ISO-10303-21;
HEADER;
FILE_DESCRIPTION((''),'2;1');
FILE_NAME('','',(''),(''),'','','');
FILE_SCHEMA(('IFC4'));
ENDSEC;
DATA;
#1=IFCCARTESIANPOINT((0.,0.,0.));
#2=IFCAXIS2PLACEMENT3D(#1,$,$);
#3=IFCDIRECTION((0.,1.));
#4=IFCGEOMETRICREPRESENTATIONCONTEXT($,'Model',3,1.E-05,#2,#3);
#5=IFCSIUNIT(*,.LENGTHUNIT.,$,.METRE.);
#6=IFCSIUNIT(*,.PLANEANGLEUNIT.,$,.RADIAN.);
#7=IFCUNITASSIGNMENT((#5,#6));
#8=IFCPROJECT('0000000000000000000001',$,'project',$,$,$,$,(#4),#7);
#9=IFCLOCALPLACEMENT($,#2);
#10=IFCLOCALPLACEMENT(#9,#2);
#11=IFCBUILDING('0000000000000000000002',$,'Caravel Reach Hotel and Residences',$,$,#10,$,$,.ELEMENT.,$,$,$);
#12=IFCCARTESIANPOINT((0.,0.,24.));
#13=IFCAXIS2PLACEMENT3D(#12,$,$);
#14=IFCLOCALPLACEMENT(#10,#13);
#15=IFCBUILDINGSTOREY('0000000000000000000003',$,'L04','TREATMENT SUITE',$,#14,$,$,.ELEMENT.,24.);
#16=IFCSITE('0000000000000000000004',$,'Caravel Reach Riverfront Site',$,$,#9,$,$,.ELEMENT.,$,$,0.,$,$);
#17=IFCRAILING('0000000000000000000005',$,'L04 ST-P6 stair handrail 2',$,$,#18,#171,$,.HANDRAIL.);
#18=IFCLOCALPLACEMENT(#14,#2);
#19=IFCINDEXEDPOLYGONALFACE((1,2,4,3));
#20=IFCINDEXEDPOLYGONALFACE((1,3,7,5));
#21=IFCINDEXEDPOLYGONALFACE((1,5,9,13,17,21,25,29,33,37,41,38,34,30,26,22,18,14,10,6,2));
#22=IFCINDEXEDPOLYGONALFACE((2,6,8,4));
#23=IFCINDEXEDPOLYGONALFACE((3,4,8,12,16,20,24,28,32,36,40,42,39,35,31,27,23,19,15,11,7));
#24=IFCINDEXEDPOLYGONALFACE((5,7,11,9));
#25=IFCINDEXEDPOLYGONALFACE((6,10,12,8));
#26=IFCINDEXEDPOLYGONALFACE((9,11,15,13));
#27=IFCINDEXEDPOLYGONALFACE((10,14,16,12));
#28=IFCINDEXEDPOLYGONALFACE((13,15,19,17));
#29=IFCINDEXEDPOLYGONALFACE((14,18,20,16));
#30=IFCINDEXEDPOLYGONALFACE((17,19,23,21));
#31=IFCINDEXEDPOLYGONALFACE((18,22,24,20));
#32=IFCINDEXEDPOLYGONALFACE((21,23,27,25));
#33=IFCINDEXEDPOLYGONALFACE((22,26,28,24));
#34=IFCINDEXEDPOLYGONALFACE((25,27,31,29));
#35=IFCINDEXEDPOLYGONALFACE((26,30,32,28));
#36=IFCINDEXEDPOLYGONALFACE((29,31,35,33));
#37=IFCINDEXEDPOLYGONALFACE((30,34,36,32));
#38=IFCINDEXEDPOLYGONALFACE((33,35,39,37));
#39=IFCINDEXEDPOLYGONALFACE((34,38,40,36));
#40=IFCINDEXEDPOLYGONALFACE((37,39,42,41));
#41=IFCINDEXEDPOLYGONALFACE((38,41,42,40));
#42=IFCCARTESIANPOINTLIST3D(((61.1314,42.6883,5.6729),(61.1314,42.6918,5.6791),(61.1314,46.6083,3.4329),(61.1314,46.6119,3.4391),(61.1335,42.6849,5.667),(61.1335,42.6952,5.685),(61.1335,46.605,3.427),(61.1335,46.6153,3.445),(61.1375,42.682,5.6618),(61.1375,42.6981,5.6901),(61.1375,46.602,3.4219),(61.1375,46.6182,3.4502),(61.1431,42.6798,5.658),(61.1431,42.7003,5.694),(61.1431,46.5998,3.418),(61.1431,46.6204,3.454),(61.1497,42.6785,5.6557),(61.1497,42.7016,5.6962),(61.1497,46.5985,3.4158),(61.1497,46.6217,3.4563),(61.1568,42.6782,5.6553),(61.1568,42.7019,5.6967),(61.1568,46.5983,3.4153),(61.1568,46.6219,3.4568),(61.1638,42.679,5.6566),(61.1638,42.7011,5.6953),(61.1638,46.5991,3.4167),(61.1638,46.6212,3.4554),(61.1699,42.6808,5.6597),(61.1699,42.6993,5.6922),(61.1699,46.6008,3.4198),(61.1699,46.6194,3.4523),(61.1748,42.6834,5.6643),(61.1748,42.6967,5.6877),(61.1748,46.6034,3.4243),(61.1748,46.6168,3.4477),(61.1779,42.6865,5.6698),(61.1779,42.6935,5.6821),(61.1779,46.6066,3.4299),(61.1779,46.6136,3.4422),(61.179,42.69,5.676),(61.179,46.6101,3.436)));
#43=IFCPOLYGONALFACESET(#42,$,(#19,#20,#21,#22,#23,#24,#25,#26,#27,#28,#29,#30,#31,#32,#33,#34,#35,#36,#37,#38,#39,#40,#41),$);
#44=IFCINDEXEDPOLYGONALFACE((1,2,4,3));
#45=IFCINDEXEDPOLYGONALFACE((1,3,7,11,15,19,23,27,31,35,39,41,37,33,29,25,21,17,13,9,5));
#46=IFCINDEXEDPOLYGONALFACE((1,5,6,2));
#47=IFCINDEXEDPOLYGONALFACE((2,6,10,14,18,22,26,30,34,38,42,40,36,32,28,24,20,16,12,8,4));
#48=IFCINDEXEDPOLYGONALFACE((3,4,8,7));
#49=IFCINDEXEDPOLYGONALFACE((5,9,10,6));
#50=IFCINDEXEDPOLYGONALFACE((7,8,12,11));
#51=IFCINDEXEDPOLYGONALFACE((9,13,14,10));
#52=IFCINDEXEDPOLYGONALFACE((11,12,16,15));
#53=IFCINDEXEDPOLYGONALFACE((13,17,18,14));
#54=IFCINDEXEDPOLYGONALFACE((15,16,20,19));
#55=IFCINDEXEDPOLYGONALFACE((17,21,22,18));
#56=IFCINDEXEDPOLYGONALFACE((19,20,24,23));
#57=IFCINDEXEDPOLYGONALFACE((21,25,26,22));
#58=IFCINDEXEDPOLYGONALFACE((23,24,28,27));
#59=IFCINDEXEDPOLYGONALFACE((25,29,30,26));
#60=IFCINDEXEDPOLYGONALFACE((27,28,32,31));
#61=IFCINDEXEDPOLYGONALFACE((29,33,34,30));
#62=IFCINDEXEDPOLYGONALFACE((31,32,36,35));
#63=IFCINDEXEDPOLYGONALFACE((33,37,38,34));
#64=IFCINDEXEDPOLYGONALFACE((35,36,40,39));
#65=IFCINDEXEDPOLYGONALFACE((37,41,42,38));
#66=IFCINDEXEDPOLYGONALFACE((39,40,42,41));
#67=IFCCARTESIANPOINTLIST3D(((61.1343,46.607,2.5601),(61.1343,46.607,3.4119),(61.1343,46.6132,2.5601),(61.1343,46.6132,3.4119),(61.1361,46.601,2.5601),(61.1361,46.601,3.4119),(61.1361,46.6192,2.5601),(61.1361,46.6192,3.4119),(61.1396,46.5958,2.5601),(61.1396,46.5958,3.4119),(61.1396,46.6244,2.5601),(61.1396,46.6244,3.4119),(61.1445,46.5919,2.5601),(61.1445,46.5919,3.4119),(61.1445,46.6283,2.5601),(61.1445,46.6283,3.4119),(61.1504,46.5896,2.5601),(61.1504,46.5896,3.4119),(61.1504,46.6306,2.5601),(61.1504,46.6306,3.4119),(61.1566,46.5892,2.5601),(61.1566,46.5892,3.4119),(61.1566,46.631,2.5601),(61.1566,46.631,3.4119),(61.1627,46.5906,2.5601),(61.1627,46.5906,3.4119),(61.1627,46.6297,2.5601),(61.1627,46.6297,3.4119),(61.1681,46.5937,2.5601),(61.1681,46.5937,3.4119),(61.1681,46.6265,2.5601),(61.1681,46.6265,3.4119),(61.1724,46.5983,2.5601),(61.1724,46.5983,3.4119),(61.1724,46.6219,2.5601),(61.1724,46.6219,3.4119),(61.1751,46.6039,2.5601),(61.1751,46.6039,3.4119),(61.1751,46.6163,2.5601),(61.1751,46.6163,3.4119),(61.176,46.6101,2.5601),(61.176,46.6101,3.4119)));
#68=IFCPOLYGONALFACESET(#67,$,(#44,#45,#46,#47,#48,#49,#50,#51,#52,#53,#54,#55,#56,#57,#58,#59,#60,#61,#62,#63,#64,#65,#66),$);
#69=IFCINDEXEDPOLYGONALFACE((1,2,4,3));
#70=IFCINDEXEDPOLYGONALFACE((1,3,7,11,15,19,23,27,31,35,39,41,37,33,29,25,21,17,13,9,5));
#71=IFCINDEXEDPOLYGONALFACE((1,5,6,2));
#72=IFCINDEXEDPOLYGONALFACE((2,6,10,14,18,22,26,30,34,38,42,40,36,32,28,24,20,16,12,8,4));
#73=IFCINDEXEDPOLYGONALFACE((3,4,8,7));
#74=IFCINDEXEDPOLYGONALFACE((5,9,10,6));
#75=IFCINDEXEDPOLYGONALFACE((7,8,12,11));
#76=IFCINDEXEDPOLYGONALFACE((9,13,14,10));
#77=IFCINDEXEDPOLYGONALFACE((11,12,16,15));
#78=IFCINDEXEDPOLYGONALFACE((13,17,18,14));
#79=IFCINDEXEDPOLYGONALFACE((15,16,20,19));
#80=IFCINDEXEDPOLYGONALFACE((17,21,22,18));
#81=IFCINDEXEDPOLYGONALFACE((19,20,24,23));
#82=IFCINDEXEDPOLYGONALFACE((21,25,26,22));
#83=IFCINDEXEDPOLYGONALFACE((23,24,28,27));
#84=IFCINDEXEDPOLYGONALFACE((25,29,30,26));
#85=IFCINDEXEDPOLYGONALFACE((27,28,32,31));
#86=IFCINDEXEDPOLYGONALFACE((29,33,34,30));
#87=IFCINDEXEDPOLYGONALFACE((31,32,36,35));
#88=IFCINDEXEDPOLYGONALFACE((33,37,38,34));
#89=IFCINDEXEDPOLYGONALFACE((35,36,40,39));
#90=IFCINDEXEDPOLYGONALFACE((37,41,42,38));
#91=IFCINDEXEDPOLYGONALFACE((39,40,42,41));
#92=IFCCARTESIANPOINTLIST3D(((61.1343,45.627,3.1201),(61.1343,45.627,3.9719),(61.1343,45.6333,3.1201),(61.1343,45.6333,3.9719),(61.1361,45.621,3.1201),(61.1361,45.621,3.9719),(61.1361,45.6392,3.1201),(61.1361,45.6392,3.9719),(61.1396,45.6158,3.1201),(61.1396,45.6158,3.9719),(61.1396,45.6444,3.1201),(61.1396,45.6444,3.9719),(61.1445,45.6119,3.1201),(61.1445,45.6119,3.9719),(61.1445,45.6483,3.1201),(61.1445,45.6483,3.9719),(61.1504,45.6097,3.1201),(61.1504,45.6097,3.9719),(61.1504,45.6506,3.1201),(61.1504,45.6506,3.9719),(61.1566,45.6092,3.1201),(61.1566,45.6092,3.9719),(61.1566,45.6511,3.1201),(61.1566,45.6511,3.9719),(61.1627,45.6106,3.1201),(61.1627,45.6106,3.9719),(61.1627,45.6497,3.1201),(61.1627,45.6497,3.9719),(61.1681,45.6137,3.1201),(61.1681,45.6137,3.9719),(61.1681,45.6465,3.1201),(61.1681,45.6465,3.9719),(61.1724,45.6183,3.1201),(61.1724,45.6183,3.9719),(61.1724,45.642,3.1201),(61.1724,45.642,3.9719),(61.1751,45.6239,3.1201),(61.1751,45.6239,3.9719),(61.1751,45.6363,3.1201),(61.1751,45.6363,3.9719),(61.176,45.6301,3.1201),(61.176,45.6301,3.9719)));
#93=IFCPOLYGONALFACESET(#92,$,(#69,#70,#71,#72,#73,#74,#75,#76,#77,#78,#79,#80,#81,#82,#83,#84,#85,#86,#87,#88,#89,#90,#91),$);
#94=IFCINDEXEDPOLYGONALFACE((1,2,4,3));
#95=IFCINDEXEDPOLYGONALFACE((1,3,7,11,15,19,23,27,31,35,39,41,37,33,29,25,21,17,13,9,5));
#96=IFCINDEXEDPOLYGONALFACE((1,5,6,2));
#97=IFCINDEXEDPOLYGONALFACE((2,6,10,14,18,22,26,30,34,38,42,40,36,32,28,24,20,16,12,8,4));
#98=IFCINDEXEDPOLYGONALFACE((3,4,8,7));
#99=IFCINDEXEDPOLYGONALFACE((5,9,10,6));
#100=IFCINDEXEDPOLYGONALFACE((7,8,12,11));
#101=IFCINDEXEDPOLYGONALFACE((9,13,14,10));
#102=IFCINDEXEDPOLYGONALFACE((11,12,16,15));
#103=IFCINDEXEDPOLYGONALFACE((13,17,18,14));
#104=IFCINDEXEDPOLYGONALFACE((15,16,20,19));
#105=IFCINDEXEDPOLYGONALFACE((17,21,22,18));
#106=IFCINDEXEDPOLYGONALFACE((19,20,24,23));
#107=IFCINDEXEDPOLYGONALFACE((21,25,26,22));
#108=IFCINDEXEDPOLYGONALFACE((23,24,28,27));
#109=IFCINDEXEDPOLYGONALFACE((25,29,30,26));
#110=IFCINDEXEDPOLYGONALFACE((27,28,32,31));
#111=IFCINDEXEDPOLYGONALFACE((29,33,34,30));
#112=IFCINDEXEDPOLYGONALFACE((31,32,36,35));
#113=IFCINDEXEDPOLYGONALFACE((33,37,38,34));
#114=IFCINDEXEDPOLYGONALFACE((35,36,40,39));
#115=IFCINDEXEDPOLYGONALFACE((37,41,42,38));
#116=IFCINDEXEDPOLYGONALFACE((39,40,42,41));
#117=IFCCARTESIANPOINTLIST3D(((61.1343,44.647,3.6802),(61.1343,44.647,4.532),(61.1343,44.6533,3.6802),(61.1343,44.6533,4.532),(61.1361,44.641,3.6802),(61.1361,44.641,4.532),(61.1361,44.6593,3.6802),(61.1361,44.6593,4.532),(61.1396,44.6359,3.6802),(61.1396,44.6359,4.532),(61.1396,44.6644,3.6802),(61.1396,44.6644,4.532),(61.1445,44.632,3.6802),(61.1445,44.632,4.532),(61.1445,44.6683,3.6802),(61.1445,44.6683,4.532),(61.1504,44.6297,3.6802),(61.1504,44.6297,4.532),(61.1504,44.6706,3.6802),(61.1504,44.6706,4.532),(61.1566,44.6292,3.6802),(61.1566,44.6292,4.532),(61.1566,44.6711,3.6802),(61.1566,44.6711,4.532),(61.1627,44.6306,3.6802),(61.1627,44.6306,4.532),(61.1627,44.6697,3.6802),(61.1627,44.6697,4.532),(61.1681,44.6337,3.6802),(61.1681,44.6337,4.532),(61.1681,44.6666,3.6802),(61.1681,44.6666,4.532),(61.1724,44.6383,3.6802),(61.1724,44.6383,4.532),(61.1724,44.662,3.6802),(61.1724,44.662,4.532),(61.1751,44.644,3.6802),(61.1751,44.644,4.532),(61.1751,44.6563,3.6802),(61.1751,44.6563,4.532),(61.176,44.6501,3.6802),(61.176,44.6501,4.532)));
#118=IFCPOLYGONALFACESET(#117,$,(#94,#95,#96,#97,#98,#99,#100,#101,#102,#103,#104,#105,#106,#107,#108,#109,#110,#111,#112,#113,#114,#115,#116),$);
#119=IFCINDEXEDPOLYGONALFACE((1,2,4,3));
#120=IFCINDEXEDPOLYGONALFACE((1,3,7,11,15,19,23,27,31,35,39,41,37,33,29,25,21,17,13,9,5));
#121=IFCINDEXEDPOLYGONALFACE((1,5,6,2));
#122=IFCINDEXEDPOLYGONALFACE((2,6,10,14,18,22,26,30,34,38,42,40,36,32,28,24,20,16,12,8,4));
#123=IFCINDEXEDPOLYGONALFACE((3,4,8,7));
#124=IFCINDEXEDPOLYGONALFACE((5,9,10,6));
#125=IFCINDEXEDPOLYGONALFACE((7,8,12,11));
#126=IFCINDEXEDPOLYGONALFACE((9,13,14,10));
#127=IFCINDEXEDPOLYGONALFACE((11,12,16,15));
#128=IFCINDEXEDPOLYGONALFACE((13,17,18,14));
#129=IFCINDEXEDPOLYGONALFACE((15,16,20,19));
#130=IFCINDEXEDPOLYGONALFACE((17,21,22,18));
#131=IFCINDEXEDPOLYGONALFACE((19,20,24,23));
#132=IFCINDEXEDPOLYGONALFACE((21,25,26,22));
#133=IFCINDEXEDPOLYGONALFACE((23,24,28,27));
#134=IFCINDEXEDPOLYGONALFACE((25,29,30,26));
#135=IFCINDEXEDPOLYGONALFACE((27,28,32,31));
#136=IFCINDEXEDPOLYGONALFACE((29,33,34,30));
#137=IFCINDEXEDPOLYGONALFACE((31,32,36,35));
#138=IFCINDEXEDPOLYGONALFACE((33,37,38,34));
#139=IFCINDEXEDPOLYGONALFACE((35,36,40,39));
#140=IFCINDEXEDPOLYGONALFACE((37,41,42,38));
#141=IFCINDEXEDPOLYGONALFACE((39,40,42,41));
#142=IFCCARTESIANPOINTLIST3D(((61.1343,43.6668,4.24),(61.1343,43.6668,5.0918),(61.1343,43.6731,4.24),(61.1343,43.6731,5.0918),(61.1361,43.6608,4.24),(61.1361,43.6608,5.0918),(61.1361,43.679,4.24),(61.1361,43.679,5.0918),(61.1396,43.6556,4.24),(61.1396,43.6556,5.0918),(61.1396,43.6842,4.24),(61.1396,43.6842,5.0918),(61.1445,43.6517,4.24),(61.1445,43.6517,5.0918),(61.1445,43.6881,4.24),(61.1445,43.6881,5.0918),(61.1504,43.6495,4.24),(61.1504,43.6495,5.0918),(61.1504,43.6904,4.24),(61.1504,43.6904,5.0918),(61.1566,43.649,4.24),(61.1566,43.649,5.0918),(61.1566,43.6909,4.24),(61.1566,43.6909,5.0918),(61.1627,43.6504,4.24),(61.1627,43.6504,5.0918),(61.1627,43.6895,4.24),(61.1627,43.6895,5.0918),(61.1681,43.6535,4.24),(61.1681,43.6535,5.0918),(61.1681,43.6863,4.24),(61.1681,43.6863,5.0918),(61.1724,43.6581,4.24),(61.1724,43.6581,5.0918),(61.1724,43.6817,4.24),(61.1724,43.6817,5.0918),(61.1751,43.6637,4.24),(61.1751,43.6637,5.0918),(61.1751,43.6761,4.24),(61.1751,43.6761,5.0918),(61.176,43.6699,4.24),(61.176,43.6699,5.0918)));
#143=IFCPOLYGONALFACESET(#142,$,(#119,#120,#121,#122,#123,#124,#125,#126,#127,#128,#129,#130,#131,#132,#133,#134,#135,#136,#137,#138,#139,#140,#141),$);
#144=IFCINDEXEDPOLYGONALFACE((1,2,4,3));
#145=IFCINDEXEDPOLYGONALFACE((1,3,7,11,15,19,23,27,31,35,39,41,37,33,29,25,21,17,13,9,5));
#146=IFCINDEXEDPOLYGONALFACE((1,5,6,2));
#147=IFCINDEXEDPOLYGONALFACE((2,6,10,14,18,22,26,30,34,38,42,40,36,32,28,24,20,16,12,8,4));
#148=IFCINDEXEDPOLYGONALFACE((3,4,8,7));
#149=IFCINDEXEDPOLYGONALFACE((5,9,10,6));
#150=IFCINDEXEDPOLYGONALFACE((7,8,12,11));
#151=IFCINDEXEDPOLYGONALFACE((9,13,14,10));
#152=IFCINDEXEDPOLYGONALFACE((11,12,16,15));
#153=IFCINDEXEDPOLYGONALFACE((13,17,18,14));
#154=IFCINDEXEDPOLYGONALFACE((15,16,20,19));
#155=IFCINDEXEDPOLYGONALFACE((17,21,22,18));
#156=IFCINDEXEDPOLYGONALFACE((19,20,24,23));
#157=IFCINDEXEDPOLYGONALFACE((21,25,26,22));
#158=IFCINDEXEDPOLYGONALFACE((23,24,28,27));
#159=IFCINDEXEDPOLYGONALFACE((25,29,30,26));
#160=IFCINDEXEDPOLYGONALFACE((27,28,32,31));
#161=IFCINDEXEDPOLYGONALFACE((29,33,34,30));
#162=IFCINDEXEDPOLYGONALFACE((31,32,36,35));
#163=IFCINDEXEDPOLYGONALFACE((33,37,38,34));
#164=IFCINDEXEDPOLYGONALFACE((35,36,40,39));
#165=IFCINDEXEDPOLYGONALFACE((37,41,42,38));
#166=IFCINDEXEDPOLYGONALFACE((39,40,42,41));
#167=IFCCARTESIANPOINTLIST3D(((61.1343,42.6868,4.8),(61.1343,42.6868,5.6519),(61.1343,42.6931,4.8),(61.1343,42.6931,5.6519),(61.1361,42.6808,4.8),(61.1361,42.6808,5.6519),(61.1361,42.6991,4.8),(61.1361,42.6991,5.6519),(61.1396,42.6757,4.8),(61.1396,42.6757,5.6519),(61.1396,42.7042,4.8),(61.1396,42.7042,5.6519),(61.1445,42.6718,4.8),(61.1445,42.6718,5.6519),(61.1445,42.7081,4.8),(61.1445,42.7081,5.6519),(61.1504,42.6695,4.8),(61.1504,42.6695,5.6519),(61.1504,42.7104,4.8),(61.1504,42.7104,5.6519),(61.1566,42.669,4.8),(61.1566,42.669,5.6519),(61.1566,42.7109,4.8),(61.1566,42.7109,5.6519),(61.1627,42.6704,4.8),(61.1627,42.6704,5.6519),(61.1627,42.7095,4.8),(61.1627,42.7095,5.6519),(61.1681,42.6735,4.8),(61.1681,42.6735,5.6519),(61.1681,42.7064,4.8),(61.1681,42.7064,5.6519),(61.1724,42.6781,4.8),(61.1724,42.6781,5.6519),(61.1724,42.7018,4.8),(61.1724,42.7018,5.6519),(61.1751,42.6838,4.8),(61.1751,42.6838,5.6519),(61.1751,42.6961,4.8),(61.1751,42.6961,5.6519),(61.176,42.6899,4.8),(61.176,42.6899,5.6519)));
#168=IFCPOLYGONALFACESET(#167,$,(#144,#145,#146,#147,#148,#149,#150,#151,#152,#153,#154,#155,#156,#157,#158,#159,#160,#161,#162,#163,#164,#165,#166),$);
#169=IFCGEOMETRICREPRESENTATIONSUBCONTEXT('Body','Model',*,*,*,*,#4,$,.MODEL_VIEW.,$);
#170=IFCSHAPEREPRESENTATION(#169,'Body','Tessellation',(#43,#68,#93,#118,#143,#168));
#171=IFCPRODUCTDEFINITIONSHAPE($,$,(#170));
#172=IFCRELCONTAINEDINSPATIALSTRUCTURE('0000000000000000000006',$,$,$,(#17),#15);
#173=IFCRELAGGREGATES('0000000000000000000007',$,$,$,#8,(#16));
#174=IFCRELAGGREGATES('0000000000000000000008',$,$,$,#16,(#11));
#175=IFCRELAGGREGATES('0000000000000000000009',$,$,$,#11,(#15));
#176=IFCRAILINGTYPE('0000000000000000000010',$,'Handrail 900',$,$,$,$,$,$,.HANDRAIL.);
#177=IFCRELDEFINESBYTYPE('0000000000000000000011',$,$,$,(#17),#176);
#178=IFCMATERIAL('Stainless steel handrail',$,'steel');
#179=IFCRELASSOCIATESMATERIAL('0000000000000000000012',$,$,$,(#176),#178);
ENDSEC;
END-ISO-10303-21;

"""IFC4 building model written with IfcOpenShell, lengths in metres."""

from ifc_helpers import new_model, si_unit, direction, frame, origin, origin_2d, place, context, subcontext, project, spatial, circle, extrude, material, type_object, element, save


model = new_model("IFC4")

# Units and contexts
model_context = context("Model", 3, precision=1e-05, world=origin(), true_north=direction((0.0, 1.0)))
body_context = subcontext(model_context, "Body", "Model", "MODEL_VIEW")
ifc_project = project(units=[si_unit("LENGTHUNIT", "METRE"), si_unit("PLANEANGLEUNIT", "RADIAN")], contexts=[model_context])

# Site, building, storey
site_placement = place(None, origin())
site = spatial("IfcSite", under=ifc_project, at=site_placement, Name="Caravel Reach Riverfront Site", CompositionType="ELEMENT", RefElevation=0.0)
building_placement = place(site_placement, origin())
building = spatial("IfcBuilding", under=site, at=building_placement, Name="Caravel Reach Hotel and Residences", CompositionType="ELEMENT")
storey_placement = place(building_placement, frame((0.0, 0.0, 24.0)))
storey = spatial("IfcBuildingStorey", under=building, at=storey_placement, Name="L04", Description="TREATMENT SUITE", CompositionType="ELEMENT", Elevation=24.0)

# Railing
ifc_material_1 = material(Name="Stainless steel handrail", Category="steel")
railing_type_1 = type_object("IfcRailingType", Name="Handrail 900", PredefinedType="HANDRAIL", material=ifc_material_1)
railing_1_placement = place(storey_placement, frame((61.155, 46.6101, 2.5601)))
element("IfcRailing", 1, at=railing_1_placement, inside=storey, type_object=railing_type_1, Name="L04 ST-P6 stair handrail 2", PredefinedType="HANDRAIL", context=body_context, shape_type="SweptSolid", body=[
    extrude(circle(Radius=0.0239, at=origin_2d()), frame((0.0, 0.0, 0.876), z_axis=(0.0, -0.868253, 0.496121), x_axis=(1.0, 0.0, 0.0)), (0.0, 0.0, 1.0), 4.5149),
    extrude(circle(Radius=0.021, at=origin_2d()), origin(), (0.0, 0.0, 1.0), 0.8518),
    extrude(circle(Radius=0.021, at=origin_2d()), frame((0.0, -0.98, 0.5601)), (0.0, 0.0, 1.0), 0.8518),
    extrude(circle(Radius=0.021, at=origin_2d()), frame((0.0, -1.96, 1.1201)), (0.0, 0.0, 1.0), 0.8518),
    extrude(circle(Radius=0.021, at=origin_2d()), frame((0.0, -2.9402, 1.6799)), (0.0, 0.0, 1.0), 0.8518),
    extrude(circle(Radius=0.021, at=origin_2d()), frame((0.0, -3.9202, 2.24)), (0.0, 0.0, 1.0), 0.8518),
])

save(model, "model.ifc")
